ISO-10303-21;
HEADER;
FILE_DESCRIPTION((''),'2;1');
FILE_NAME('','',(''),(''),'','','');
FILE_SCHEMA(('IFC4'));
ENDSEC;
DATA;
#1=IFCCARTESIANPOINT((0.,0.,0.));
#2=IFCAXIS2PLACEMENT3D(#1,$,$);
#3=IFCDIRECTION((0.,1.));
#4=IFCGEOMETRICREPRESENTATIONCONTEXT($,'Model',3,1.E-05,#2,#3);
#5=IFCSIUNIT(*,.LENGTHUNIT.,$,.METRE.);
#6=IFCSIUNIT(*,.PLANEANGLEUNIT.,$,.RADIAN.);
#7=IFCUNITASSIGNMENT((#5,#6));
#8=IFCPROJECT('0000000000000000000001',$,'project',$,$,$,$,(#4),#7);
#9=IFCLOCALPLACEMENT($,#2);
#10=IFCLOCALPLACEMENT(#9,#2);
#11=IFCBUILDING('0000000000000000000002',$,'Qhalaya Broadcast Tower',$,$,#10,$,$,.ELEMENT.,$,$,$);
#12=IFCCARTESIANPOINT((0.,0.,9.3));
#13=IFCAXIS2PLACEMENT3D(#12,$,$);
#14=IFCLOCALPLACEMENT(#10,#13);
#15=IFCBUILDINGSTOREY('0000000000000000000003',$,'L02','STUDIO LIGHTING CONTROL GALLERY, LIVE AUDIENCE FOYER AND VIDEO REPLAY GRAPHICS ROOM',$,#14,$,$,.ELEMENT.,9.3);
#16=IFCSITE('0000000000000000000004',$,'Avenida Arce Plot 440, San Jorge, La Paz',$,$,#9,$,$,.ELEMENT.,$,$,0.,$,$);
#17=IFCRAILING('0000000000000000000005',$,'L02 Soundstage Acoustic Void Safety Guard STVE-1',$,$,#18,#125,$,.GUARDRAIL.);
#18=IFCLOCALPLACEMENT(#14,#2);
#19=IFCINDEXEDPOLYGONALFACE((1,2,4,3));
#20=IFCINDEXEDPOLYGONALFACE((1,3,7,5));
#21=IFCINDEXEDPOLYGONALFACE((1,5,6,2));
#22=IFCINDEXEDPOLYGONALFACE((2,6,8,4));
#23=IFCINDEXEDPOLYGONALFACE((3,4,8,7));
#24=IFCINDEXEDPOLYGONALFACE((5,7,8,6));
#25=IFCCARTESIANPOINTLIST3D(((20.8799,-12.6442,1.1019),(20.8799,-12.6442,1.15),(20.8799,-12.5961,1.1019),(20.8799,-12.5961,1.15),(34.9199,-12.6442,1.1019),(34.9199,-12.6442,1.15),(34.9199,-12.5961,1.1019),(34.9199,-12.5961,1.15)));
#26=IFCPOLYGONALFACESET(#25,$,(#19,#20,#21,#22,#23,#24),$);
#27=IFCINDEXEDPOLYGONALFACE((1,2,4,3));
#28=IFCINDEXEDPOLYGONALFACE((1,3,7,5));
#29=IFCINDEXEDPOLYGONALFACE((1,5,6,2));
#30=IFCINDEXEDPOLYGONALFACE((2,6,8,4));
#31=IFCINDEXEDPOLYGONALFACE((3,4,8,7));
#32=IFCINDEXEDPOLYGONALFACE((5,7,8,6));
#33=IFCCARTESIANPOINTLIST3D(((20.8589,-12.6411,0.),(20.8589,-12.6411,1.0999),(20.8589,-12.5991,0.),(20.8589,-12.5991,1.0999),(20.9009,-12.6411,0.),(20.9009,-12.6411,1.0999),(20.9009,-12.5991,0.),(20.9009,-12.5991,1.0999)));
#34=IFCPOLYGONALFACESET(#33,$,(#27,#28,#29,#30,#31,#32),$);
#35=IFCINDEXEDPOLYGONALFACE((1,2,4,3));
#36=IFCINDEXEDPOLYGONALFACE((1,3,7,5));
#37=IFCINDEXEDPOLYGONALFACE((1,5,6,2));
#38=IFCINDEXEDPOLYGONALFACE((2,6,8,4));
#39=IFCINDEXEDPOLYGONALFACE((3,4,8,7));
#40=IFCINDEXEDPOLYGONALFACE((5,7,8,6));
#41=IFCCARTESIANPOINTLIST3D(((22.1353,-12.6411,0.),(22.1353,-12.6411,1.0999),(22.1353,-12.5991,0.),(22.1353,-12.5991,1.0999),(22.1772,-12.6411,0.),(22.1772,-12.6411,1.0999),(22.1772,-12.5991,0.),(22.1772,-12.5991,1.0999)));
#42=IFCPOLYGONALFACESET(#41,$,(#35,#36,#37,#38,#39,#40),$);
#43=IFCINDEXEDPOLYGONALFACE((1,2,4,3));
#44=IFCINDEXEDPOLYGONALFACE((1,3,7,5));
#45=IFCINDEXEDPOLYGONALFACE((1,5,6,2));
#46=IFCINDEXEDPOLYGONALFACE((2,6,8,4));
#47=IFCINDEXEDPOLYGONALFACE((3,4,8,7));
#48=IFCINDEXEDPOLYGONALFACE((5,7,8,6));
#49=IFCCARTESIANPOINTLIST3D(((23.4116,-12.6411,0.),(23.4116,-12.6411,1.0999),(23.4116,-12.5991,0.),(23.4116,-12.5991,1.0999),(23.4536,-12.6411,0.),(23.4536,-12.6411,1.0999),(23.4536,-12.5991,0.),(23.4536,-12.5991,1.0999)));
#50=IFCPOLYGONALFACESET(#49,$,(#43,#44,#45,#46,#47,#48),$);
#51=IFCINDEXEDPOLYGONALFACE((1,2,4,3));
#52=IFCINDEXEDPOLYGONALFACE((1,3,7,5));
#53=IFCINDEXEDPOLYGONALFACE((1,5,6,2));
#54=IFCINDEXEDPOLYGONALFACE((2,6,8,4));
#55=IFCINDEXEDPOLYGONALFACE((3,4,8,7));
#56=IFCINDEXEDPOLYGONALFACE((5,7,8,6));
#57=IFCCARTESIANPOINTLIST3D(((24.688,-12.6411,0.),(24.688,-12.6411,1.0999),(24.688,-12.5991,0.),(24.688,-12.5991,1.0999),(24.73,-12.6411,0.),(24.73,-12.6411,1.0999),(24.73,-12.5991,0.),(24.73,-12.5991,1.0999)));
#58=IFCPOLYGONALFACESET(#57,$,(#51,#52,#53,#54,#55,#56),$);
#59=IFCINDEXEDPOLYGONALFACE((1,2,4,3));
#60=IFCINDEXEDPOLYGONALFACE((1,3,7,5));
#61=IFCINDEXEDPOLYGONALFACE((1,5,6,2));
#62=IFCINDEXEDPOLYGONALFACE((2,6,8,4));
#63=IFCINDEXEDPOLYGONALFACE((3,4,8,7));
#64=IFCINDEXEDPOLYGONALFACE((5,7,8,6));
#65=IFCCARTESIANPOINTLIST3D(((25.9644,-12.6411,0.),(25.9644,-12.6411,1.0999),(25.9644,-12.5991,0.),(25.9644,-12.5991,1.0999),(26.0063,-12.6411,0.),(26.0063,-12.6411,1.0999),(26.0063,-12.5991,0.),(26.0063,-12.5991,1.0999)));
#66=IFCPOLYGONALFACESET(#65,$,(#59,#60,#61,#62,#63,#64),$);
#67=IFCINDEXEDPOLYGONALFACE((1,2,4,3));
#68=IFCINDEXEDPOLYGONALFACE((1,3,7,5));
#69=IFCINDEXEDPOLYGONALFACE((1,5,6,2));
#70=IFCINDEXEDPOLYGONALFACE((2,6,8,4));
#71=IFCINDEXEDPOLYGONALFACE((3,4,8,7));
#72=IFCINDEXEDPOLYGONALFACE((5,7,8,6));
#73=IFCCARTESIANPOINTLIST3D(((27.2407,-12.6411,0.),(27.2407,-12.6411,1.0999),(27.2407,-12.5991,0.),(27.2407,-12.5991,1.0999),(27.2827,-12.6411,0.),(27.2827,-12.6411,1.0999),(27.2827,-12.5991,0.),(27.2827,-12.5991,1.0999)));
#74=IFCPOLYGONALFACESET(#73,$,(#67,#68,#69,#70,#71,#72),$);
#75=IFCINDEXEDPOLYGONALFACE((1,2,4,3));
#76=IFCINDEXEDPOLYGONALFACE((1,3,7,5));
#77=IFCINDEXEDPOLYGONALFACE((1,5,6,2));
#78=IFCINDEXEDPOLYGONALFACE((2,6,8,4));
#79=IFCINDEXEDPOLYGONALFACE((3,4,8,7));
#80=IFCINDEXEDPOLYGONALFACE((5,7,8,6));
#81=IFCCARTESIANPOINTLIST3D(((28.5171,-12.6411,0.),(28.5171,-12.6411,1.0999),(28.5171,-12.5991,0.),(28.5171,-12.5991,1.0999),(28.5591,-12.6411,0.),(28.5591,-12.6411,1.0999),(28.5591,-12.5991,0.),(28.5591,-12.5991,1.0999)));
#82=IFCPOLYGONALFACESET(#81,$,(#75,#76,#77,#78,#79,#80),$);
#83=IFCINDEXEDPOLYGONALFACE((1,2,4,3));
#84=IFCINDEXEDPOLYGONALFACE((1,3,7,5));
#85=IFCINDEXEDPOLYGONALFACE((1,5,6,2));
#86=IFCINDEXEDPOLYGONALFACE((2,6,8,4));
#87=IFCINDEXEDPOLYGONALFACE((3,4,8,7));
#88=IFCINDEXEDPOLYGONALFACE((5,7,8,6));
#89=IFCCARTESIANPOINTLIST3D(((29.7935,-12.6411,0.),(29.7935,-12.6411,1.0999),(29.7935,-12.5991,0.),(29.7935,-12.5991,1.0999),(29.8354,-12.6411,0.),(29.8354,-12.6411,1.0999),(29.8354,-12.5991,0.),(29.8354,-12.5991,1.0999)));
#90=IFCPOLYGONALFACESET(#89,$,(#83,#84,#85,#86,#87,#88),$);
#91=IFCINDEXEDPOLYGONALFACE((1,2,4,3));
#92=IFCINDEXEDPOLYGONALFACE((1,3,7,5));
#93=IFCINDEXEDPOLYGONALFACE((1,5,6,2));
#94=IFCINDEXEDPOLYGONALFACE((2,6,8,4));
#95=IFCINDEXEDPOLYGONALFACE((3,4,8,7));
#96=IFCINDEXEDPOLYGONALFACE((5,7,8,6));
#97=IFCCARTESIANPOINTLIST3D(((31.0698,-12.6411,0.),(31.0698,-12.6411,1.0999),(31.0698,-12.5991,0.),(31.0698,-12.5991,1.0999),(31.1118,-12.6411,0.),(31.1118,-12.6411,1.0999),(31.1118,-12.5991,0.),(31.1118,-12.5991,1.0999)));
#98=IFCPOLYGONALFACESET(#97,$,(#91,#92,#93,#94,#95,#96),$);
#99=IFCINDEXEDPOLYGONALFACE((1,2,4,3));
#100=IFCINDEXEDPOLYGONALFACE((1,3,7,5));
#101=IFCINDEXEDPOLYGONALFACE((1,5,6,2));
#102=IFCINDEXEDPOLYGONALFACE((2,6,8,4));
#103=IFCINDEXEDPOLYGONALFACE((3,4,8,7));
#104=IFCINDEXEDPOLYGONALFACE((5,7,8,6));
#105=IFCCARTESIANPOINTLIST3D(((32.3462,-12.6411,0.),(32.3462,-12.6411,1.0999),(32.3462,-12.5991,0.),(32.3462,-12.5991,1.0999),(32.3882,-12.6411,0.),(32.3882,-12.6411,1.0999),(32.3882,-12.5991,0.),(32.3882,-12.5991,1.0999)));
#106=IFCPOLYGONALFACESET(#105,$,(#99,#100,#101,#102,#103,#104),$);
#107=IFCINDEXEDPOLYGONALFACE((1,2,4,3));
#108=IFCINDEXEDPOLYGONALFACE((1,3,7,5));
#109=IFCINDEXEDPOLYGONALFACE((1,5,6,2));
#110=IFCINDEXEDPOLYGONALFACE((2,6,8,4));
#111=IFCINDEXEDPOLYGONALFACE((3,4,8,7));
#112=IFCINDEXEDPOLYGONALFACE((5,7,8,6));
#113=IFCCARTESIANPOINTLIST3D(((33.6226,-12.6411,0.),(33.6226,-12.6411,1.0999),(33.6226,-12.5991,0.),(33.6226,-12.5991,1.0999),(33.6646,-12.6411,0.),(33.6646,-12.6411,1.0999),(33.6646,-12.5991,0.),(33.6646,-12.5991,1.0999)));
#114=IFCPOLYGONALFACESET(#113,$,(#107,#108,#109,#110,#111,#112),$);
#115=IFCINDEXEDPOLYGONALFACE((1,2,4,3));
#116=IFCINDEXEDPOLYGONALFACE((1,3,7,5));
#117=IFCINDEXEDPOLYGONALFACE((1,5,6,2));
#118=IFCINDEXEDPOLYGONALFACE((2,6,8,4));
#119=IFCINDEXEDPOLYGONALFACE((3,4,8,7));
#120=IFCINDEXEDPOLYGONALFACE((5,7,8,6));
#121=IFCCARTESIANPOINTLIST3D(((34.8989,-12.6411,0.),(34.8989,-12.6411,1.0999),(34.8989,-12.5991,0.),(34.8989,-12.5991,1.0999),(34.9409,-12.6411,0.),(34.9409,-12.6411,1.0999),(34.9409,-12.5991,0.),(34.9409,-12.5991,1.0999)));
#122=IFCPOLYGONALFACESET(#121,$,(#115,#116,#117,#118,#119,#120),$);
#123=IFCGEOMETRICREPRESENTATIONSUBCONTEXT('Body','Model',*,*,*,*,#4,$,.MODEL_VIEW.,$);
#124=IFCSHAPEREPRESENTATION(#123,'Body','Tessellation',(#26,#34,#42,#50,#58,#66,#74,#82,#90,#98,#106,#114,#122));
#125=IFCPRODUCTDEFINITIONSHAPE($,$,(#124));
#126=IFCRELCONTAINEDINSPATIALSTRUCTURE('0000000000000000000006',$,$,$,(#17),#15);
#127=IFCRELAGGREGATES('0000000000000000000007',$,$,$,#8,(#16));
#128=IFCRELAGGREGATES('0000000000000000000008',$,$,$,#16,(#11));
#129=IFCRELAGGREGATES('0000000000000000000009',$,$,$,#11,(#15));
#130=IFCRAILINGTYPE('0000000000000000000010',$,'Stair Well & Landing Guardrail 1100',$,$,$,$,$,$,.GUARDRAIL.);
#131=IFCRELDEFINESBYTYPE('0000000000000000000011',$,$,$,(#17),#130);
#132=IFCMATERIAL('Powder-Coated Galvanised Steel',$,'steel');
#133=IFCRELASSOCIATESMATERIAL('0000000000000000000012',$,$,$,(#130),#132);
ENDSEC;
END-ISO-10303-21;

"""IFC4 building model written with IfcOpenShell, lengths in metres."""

from ifc_helpers import new_model, si_unit, direction, frame, origin, origin_2d, place, context, subcontext, project, spatial, rectangle, extrude, material, type_object, element, save


model = new_model("IFC4")

# Units and contexts
model_context = context("Model", 3, precision=1e-05, world=origin(), true_north=direction((0.0, 1.0)))
body_context = subcontext(model_context, "Body", "Model", "MODEL_VIEW")
ifc_project = project(units=[si_unit("LENGTHUNIT", "METRE"), si_unit("PLANEANGLEUNIT", "RADIAN")], contexts=[model_context])

# Site, building, storey
site_placement = place(None, origin())
site = spatial("IfcSite", under=ifc_project, at=site_placement, Name="Avenida Arce Plot 440, San Jorge, La Paz", CompositionType="ELEMENT", RefElevation=0.0)
building_placement = place(site_placement, origin())
building = spatial("IfcBuilding", under=site, at=building_placement, Name="Qhalaya Broadcast Tower", CompositionType="ELEMENT")
storey_placement = place(building_placement, frame((0.0, 0.0, 9.3)))
storey = spatial("IfcBuildingStorey", under=building, at=storey_placement, Name="L02", Description="STUDIO LIGHTING CONTROL GALLERY, LIVE AUDIENCE FOYER AND VIDEO REPLAY GRAPHICS ROOM", CompositionType="ELEMENT", Elevation=9.3)

# Railing
ifc_material_1 = material(Name="Powder-Coated Galvanised Steel", Category="steel")
railing_type = type_object("IfcRailingType", Name="Stair Well & Landing Guardrail 1100", PredefinedType="GUARDRAIL", material=ifc_material_1)
railing_1_placement = place(storey_placement, frame((20.8799, -12.6201, 0.0)))
element("IfcRailing", 1, at=railing_1_placement, inside=storey, type_object=railing_type, Name="L02 Soundstage Acoustic Void Safety Guard STVE-1", PredefinedType="GUARDRAIL", context=body_context, shape_type="SweptSolid", body=[
    extrude(rectangle(XDim=0.0481, YDim=0.0481, at=origin_2d()), frame((0.0, 0.0, 1.126), z_axis=(1.0, 0.0, 0.0), x_axis=(0.0, 1.0, 0.0)), (0.0, 0.0, 1.0), 14.04),
    extrude(rectangle(XDim=0.042, YDim=0.042, at=origin_2d()), origin(), (0.0, 0.0, 1.0), 1.0999),
    extrude(rectangle(XDim=0.042, YDim=0.042, at=origin_2d()), frame((1.2764, 0.0, 0.0)), (0.0, 0.0, 1.0), 1.0999),
    extrude(rectangle(XDim=0.042, YDim=0.042, at=origin_2d()), frame((2.5527, 0.0, 0.0)), (0.0, 0.0, 1.0), 1.0999),
    extrude(rectangle(XDim=0.042, YDim=0.042, at=origin_2d()), frame((3.8291, 0.0, 0.0)), (0.0, 0.0, 1.0), 1.0999),
    extrude(rectangle(XDim=0.042, YDim=0.042, at=origin_2d()), frame((5.1055, 0.0, 0.0)), (0.0, 0.0, 1.0), 1.0999),
    extrude(rectangle(XDim=0.042, YDim=0.042, at=origin_2d()), frame((6.3818, 0.0, 0.0)), (0.0, 0.0, 1.0), 1.0999),
    extrude(rectangle(XDim=0.042, YDim=0.042, at=origin_2d()), frame((7.6582, 0.0, 0.0)), (0.0, 0.0, 1.0), 1.0999),
    extrude(rectangle(XDim=0.042, YDim=0.042, at=origin_2d()), frame((8.9346, 0.0, 0.0)), (0.0, 0.0, 1.0), 1.0999),
    extrude(rectangle(XDim=0.042, YDim=0.042, at=origin_2d()), frame((10.2109, 0.0, 0.0)), (0.0, 0.0, 1.0), 1.0999),
    extrude(rectangle(XDim=0.042, YDim=0.042, at=origin_2d()), frame((11.4873, 0.0, 0.0)), (0.0, 0.0, 1.0), 1.0999),
    extrude(rectangle(XDim=0.042, YDim=0.042, at=origin_2d()), frame((12.7637, 0.0, 0.0)), (0.0, 0.0, 1.0), 1.0999),
    extrude(rectangle(XDim=0.042, YDim=0.042, at=origin_2d()), frame((14.04, 0.0, 0.0)), (0.0, 0.0, 1.0), 1.0999),
])

save(model, "model.ifc")
